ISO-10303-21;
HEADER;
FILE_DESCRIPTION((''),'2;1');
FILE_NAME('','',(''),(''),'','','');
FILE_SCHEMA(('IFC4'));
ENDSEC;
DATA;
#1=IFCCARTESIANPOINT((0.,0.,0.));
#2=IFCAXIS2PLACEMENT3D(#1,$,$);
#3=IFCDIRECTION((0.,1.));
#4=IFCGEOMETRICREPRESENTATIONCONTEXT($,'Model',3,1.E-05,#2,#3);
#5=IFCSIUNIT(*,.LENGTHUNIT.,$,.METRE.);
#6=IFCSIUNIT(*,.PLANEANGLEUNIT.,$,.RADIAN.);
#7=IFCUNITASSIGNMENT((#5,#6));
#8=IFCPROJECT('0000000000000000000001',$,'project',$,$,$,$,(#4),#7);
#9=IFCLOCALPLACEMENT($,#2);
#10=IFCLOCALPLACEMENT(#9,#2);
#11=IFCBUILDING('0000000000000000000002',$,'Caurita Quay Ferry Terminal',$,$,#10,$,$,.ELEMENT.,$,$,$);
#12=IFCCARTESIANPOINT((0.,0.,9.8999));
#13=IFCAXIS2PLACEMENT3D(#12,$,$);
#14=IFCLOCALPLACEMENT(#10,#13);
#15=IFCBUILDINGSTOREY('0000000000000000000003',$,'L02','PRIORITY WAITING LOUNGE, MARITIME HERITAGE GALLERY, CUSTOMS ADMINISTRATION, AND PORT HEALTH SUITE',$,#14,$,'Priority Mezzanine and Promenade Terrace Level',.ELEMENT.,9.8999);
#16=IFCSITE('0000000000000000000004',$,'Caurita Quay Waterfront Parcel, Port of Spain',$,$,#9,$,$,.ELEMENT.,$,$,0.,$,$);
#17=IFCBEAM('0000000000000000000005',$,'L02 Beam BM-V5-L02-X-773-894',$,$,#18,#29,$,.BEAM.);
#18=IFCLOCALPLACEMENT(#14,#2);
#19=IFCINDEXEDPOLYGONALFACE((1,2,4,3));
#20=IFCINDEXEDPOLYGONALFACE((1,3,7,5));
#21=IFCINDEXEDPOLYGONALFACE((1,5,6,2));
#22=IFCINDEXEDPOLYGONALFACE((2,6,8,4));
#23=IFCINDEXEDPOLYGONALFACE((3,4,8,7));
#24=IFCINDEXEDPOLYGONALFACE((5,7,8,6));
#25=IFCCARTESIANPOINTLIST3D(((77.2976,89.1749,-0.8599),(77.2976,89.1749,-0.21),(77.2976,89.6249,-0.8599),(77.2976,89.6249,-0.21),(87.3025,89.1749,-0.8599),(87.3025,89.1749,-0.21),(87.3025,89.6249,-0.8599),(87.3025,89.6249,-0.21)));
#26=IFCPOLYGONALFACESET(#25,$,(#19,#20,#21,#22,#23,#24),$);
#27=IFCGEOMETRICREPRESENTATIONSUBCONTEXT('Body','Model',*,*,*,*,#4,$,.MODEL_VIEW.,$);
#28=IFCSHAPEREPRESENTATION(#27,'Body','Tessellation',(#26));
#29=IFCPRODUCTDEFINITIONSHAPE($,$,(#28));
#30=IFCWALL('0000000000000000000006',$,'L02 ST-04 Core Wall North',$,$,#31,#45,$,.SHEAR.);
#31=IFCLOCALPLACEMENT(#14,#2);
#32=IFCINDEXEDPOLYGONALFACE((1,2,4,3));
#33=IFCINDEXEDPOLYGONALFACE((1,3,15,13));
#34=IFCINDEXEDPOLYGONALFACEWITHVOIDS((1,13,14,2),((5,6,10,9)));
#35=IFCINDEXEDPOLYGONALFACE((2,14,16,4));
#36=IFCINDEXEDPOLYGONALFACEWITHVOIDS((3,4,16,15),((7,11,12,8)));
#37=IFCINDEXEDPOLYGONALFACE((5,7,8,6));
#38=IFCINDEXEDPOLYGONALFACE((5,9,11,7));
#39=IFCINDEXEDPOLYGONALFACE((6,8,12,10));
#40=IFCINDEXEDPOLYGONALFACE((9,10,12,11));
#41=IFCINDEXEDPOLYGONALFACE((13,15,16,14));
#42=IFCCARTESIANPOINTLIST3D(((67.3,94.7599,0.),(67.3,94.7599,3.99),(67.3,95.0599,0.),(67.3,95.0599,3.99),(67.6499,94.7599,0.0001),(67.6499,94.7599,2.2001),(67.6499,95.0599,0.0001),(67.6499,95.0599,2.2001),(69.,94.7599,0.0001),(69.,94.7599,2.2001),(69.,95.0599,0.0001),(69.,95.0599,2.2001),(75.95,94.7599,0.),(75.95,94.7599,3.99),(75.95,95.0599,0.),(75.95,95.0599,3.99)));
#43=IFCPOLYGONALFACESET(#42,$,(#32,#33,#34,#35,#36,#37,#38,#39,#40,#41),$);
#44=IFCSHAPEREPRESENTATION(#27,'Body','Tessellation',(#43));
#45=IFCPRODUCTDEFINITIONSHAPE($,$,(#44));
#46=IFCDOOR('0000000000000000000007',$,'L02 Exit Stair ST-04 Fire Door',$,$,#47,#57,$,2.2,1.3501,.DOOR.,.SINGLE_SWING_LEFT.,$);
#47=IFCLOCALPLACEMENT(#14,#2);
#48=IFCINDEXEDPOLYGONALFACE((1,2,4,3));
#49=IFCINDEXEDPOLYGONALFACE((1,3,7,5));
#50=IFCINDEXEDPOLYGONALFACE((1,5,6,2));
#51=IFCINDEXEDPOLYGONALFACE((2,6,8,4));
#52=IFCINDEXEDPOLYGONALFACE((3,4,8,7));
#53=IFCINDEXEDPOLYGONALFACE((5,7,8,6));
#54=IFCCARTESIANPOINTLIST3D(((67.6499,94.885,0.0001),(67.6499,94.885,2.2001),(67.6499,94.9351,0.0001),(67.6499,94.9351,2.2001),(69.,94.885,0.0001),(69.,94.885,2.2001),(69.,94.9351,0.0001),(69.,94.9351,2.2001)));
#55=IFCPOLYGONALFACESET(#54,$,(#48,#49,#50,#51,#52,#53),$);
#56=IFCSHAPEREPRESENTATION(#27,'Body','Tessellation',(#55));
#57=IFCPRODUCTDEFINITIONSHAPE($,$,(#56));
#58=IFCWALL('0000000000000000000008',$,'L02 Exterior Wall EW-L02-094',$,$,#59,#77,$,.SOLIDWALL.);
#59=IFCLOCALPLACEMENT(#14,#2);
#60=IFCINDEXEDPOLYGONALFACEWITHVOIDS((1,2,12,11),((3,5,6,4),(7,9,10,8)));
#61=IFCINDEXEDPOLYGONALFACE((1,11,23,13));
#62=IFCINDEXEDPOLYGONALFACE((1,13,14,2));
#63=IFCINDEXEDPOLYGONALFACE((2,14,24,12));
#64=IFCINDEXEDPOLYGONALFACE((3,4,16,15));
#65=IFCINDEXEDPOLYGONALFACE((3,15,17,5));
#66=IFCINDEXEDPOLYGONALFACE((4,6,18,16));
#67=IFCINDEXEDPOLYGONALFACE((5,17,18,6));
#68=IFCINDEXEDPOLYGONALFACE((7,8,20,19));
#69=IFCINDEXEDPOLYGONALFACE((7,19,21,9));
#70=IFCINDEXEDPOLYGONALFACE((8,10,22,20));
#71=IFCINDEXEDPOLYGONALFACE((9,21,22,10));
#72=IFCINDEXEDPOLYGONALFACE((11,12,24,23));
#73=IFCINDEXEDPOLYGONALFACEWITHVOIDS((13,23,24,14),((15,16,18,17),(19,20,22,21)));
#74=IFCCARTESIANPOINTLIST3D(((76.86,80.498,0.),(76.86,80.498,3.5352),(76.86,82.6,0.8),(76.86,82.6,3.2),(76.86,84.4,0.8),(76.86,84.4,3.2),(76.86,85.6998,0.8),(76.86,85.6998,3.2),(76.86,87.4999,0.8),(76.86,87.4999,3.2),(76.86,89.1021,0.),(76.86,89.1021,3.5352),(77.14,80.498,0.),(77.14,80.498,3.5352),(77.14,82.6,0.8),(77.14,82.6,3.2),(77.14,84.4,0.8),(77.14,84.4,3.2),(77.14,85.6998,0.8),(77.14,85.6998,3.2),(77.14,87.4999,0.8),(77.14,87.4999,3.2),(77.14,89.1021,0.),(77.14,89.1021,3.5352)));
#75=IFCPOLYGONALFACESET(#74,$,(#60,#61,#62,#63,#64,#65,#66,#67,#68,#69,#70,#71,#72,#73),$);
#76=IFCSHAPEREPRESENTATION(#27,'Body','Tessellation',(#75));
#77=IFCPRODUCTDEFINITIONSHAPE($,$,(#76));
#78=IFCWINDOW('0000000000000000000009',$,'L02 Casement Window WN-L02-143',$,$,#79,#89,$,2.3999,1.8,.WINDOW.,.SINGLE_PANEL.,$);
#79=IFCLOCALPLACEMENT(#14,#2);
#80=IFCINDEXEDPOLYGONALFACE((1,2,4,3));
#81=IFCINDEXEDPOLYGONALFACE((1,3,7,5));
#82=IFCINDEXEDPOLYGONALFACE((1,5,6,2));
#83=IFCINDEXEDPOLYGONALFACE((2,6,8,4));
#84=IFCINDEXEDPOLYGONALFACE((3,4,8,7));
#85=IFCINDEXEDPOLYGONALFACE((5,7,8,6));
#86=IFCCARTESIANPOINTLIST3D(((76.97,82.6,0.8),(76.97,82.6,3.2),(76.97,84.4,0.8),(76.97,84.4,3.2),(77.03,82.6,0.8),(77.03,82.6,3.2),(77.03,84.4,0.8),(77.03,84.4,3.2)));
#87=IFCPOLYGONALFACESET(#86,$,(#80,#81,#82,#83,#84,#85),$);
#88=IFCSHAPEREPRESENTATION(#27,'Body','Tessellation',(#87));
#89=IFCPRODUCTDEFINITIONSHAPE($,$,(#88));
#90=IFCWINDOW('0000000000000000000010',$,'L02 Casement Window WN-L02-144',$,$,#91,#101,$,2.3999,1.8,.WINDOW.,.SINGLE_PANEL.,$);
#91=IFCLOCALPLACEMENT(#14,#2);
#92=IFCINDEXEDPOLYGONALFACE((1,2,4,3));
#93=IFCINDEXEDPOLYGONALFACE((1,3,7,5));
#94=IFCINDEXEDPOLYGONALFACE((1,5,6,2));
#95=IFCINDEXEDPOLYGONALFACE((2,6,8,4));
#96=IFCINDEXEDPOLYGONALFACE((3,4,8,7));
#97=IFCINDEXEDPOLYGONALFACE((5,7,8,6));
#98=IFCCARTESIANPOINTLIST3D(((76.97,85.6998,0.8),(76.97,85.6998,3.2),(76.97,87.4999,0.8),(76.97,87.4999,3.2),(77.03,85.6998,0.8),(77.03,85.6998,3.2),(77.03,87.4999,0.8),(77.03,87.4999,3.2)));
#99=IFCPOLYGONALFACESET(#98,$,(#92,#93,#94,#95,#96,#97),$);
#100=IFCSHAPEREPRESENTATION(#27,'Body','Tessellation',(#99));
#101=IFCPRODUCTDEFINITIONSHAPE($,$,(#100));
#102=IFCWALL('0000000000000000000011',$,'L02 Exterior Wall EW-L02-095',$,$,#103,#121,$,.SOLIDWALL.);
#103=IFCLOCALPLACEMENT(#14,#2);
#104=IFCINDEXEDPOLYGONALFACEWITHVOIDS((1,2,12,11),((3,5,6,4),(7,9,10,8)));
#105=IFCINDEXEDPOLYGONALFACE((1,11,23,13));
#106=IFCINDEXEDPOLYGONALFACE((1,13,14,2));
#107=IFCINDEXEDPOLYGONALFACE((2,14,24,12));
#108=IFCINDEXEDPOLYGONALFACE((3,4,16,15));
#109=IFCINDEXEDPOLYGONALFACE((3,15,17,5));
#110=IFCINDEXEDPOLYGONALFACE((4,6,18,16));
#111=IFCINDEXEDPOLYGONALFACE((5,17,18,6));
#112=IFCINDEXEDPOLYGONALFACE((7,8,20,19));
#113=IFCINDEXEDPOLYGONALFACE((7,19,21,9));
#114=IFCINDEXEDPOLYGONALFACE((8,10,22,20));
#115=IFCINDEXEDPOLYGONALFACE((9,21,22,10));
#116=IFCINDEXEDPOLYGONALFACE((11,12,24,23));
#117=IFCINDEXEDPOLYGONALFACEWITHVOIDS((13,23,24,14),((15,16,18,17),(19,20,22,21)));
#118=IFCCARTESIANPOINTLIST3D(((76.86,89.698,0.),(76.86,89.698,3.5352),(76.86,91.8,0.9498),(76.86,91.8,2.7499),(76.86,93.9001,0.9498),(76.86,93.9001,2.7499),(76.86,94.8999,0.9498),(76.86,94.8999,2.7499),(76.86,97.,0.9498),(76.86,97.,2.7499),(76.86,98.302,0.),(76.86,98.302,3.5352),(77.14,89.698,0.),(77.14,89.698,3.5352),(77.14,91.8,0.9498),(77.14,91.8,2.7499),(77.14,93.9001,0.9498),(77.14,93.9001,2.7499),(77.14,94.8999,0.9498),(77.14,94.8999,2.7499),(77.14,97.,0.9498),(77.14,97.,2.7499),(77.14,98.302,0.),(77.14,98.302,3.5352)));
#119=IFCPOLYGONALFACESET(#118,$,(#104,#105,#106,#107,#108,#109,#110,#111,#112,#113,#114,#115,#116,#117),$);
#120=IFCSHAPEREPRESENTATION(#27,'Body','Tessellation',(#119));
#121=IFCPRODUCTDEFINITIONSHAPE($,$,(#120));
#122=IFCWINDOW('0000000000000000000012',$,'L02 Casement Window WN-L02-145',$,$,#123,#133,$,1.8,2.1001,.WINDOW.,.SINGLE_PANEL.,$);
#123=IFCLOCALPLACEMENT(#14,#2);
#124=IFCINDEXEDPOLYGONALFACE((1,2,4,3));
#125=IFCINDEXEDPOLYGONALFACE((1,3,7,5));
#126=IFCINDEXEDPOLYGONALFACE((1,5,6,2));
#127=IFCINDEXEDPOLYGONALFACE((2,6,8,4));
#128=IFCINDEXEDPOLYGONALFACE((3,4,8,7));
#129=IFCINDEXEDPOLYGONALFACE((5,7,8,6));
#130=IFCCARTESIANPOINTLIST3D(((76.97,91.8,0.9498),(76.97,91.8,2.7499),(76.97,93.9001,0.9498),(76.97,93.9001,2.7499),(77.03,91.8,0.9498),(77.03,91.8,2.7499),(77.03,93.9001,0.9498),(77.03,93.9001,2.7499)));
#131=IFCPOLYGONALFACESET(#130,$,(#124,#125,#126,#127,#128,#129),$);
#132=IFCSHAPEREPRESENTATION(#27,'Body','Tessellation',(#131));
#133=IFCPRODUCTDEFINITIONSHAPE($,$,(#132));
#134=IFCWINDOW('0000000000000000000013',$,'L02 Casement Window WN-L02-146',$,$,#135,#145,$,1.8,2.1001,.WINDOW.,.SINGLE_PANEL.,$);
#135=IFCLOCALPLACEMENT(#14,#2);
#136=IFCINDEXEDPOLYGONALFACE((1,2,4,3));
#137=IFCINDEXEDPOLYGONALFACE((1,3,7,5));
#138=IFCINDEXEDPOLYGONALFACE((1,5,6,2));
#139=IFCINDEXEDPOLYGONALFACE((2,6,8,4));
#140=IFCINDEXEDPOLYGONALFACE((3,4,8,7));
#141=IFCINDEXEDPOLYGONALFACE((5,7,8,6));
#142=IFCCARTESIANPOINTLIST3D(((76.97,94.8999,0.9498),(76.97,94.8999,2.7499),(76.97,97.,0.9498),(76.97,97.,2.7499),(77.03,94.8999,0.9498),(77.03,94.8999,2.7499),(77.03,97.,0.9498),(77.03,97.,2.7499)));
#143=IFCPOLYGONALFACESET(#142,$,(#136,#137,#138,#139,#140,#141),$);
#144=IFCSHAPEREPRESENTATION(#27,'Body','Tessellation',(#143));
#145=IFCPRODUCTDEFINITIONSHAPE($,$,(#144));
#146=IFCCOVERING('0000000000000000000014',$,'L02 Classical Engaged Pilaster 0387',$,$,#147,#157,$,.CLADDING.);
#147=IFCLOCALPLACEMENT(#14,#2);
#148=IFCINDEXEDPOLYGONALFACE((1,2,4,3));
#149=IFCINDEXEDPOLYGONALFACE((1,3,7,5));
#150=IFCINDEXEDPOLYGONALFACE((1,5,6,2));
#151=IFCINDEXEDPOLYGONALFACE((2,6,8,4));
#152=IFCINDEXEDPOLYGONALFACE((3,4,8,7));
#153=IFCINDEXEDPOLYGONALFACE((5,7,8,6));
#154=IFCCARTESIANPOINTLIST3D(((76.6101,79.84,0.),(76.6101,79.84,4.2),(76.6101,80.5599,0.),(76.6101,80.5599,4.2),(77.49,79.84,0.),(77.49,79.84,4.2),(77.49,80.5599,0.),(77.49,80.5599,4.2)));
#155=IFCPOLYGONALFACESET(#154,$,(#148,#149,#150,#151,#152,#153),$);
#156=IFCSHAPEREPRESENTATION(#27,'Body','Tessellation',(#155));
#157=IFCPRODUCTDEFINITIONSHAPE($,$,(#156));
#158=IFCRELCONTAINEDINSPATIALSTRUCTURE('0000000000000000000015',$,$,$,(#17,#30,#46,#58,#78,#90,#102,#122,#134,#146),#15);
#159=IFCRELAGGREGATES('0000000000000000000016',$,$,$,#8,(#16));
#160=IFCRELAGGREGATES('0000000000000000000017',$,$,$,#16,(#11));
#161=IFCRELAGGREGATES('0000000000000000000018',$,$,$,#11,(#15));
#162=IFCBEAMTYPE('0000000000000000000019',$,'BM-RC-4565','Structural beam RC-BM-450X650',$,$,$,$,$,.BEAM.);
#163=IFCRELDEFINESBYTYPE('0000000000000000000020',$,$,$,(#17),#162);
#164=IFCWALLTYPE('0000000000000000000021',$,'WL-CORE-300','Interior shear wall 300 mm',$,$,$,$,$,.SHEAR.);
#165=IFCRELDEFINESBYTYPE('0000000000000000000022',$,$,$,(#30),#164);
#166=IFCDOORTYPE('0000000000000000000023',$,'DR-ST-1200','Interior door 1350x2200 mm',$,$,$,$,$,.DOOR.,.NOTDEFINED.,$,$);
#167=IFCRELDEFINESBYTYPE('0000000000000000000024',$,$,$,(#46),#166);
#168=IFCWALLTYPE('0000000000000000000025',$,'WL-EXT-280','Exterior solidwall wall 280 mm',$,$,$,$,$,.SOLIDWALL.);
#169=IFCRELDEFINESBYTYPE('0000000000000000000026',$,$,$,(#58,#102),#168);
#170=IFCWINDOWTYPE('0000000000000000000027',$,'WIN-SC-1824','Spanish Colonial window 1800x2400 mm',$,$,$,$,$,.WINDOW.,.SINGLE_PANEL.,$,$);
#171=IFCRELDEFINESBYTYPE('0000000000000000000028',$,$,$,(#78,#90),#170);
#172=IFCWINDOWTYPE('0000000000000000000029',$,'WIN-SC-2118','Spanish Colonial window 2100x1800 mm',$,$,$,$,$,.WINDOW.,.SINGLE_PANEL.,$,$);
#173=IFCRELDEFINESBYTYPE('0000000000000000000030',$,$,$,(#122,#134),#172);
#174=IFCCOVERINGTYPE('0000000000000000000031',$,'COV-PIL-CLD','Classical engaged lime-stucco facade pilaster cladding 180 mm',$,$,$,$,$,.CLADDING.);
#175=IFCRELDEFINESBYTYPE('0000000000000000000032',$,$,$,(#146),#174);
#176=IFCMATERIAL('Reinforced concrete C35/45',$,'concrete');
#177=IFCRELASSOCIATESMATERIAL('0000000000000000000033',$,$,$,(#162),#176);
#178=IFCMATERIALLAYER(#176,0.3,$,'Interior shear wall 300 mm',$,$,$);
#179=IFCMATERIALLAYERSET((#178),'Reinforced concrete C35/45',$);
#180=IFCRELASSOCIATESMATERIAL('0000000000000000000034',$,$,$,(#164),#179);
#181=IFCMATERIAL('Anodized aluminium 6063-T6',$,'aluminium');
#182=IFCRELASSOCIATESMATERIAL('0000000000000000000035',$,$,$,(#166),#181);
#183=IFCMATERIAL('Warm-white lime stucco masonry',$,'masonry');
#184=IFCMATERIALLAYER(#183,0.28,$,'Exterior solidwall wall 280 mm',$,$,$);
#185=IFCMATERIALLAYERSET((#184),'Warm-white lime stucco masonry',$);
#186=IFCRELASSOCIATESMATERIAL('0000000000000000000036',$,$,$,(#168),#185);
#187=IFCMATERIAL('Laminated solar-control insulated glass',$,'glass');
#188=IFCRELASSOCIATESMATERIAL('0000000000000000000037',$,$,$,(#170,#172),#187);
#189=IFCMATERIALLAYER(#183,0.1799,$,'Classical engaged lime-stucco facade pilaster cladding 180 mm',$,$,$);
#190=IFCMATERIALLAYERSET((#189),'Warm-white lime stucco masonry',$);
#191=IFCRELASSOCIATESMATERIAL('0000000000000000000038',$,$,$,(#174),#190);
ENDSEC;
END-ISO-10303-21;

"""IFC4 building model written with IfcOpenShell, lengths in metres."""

from ifc_helpers import new_model, si_unit, direction, frame, frame_2d, origin, origin_2d, place, context, subcontext, project, spatial, rectangle, extrude, material, layer, layer_set, material_profile, profile_set, type_object, element, fill, save


model = new_model("IFC4")

# Units and contexts
model_context = context("Model", 3, precision=1e-05, world=origin(), true_north=direction((0.0, 1.0)))
body_context = subcontext(model_context, "Body", "Model", "MODEL_VIEW")
ifc_project = project(units=[si_unit("LENGTHUNIT", "METRE"), si_unit("PLANEANGLEUNIT", "RADIAN")], contexts=[model_context])

# Site, building, storey
site_placement = place(None, origin())
site = spatial("IfcSite", under=ifc_project, at=site_placement, Name="Caurita Quay Waterfront Parcel, Port of Spain", CompositionType="ELEMENT", RefElevation=0.0)
building_placement = place(site_placement, origin())
building = spatial("IfcBuilding", under=site, at=building_placement, Name="Caurita Quay Ferry Terminal", CompositionType="ELEMENT")
storey_placement = place(building_placement, frame((0.0, 0.0, 9.8999)))
storey = spatial("IfcBuildingStorey", under=building, at=storey_placement, Name="L02", Description="PRIORITY WAITING LOUNGE, MARITIME HERITAGE GALLERY, CUSTOMS ADMINISTRATION, AND PORT HEALTH SUITE", LongName="Priority Mezzanine and Promenade Terrace Level", CompositionType="ELEMENT", Elevation=9.8999)

# Shared definitions
ifc_material_1 = material(Name="Reinforced concrete C35/45", Category="concrete")

# Beam
ifc_material_profile_1 = material_profile(ifc_material_1, rectangle(XDim=0.45, YDim=0.6499, at=origin_2d()), Name="RC-BM-450X650")
ifc_profile_set_1 = profile_set([ifc_material_profile_1], Name="Reinforced concrete C35/45")
beam_type_1 = type_object("IfcBeamType", Name="BM-RC-4565", Description="Structural beam RC-BM-450X650", PredefinedType="BEAM", material=ifc_profile_set_1)
for number, where, z_axis, x_axis, name in (
    (1, (77.2976, 89.3999, -0.5349), (1.0, 0.0, 0.0), (0.0, 1.0, 0.0), "L02 Beam BM-V5-L02-X-773-894"),
):
    element("IfcBeam", number, at=place(storey_placement, frame(where, z_axis=z_axis, x_axis=x_axis)), inside=storey, type_object=beam_type_1, Name=name, PredefinedType="BEAM", context=body_context, shape_type="SweptSolid", body=[
        extrude(rectangle(XDim=0.45, YDim=0.6499, at=origin_2d()), origin(), (0.0, 0.0, 1.0), 10.0049),
    ])

# Wall, opening, door
ifc_layer_1 = layer(ifc_material_1, 0.3, Name="Interior shear wall 300 mm")
ifc_layer_set_1 = layer_set([ifc_layer_1], Name="Reinforced concrete C35/45")
wall_type_1 = type_object("IfcWallType", Name="WL-CORE-300", Description="Interior shear wall 300 mm", PredefinedType="SHEAR", material=ifc_layer_set_1)
wall_1_placement = place(storey_placement, frame((75.95, 94.9099, 0.0), z_axis=(0.0, 0.0, 1.0), x_axis=(-1.0, 0.0, 0.0)))
wall_1 = element("IfcWall", 2, at=wall_1_placement, inside=storey, type_object=wall_type_1, Name="L02 ST-04 Core Wall North", PredefinedType="SHEAR", context=body_context, shape_type="SweptSolid", body=[
    extrude(rectangle(XDim=8.6499, YDim=0.3, at=frame_2d((4.325, 0.0))), origin(), (0.0, 0.0, 1.0), 3.99),
])
opening_1_placement = place(wall_1_placement, frame((6.95, 0.0, 0.0)))
opening_1 = element("IfcOpeningElement", 3, at=opening_1_placement, cuts=wall_1, PredefinedType="OPENING", context=body_context, shape_type="SweptSolid", body=[
    extrude(rectangle(XDim=1.3501, YDim=2.2, at=frame_2d((0.675, 1.1001))), frame((0.0, 0.1599, 0.0), z_axis=(0.0, -1.0, 0.0), x_axis=(1.0, 0.0, 0.0)), (0.0, 0.0, 1.0), 0.3201),
])
ifc_material_2 = material(Name="Anodized aluminium 6063-T6", Category="aluminium")
door_type = type_object("IfcDoorType", Name="DR-ST-1200", Description="Interior door 1350x2200 mm", OperationType="NOTDEFINED", PredefinedType="DOOR", material=ifc_material_2)
door_placement = place(opening_1_placement, origin())
door = element("IfcDoor", 4, at=door_placement, inside=storey, type_object=door_type, Name="L02 Exit Stair ST-04 Fire Door", OperationType="SINGLE_SWING_LEFT", OverallHeight=2.2, OverallWidth=1.3501, PredefinedType="DOOR", context=body_context, shape_type="SweptSolid", body=[
    extrude(rectangle(XDim=1.3501, YDim=2.2, at=frame_2d((0.675, 1.1001))), frame((0.0, 0.0249, 0.0), z_axis=(0.0, -1.0, 0.0), x_axis=(1.0, 0.0, 0.0)), (0.0, 0.0, 1.0), 0.05),
])
fill(opening_1, door)

# Walls, openings, windows
ifc_material_3 = material(Name="Warm-white lime stucco masonry", Category="masonry")
ifc_layer_2 = layer(ifc_material_3, 0.28, Name="Exterior solidwall wall 280 mm")
ifc_layer_set_2 = layer_set([ifc_layer_2], Name="Warm-white lime stucco masonry")
wall_type_2 = type_object("IfcWallType", Name="WL-EXT-280", Description="Exterior solidwall wall 280 mm", PredefinedType="SOLIDWALL", material=ifc_layer_set_2)
wall_2_placement = place(storey_placement, frame((77.0, 80.498, 0.0), z_axis=(0.0, 0.0, 1.0), x_axis=(0.0, 1.0, 0.0)))
wall_2 = element("IfcWall", 5, at=wall_2_placement, inside=storey, type_object=wall_type_2, Name="L02 Exterior Wall EW-L02-094", PredefinedType="SOLIDWALL", context=body_context, shape_type="SweptSolid", body=[
    extrude(rectangle(XDim=8.604, YDim=0.28, at=frame_2d((4.302, 0.0))), origin(), (0.0, 0.0, 1.0), 3.5352),
])
opening_2_placement = place(wall_2_placement, frame((2.1021, 0.0, 0.8)))
opening_2 = element("IfcOpeningElement", 6, at=opening_2_placement, cuts=wall_2, PredefinedType="OPENING", context=body_context, shape_type="SweptSolid", body=[
    extrude(rectangle(XDim=1.8, YDim=2.3999, at=frame_2d((0.8999, 1.2))), frame((0.0, 0.1499, 0.0), z_axis=(0.0, -1.0, 0.0), x_axis=(1.0, 0.0, 0.0)), (0.0, 0.0, 1.0), 0.3),
])
opening_3_placement = place(wall_2_placement, frame((5.2019, 0.0, 0.8)))
opening_3 = element("IfcOpeningElement", 7, at=opening_3_placement, cuts=wall_2, PredefinedType="OPENING", context=body_context, shape_type="SweptSolid", body=[
    extrude(rectangle(XDim=1.8, YDim=2.3999, at=frame_2d((0.8999, 1.2))), frame((0.0, 0.1499, 0.0), z_axis=(0.0, -1.0, 0.0), x_axis=(1.0, 0.0, 0.0)), (0.0, 0.0, 1.0), 0.3),
])
ifc_material_4 = material(Name="Laminated solar-control insulated glass", Category="glass")
window_type_1 = type_object("IfcWindowType", Name="WIN-SC-1824", Description="Spanish Colonial window 1800x2400 mm", PartitioningType="SINGLE_PANEL", PredefinedType="WINDOW", material=ifc_material_4)
window_1_placement = place(opening_2_placement, origin())
window_1 = element("IfcWindow", 8, at=window_1_placement, inside=storey, type_object=window_type_1, Name="L02 Casement Window WN-L02-143", OverallHeight=2.3999, OverallWidth=1.8, PartitioningType="SINGLE_PANEL", PredefinedType="WINDOW", context=body_context, shape_type="SweptSolid", body=[
    extrude(rectangle(XDim=1.8, YDim=2.3999, at=frame_2d((0.8999, 1.2))), frame((0.0, 0.03, 0.0), z_axis=(0.0, -1.0, 0.0), x_axis=(1.0, 0.0, 0.0)), (0.0, 0.0, 1.0), 0.0601),
])
fill(opening_2, window_1)
window_2_placement = place(opening_3_placement, origin())
window_2 = element("IfcWindow", 9, at=window_2_placement, inside=storey, type_object=window_type_1, Name="L02 Casement Window WN-L02-144", OverallHeight=2.3999, OverallWidth=1.8, PartitioningType="SINGLE_PANEL", PredefinedType="WINDOW", context=body_context, shape_type="SweptSolid", body=[
    extrude(rectangle(XDim=1.8, YDim=2.3999, at=frame_2d((0.8999, 1.2))), frame((0.0, 0.03, 0.0), z_axis=(0.0, -1.0, 0.0), x_axis=(1.0, 0.0, 0.0)), (0.0, 0.0, 1.0), 0.0601),
])
fill(opening_3, window_2)
wall_3_placement = place(storey_placement, frame((77.0, 89.698, 0.0), z_axis=(0.0, 0.0, 1.0), x_axis=(0.0, 1.0, 0.0)))
wall_3 = element("IfcWall", 10, at=wall_3_placement, inside=storey, type_object=wall_type_2, Name="L02 Exterior Wall EW-L02-095", PredefinedType="SOLIDWALL", context=body_context, shape_type="SweptSolid", body=[
    extrude(rectangle(XDim=8.604, YDim=0.28, at=frame_2d((4.302, 0.0))), origin(), (0.0, 0.0, 1.0), 3.5352),
])
opening_4_placement = place(wall_3_placement, frame((2.1021, 0.0, 0.95)))
opening_4 = element("IfcOpeningElement", 11, at=opening_4_placement, cuts=wall_3, PredefinedType="OPENING", context=body_context, shape_type="SweptSolid", body=[
    extrude(rectangle(XDim=2.1001, YDim=1.8, at=frame_2d((1.05, 0.8999))), frame((0.0, 0.1499, 0.0), z_axis=(0.0, -1.0, 0.0), x_axis=(1.0, 0.0, 0.0)), (0.0, 0.0, 1.0), 0.3),
])
opening_5_placement = place(wall_3_placement, frame((5.2019, 0.0, 0.95)))
opening_5 = element("IfcOpeningElement", 12, at=opening_5_placement, cuts=wall_3, PredefinedType="OPENING", context=body_context, shape_type="SweptSolid", body=[
    extrude(rectangle(XDim=2.1001, YDim=1.8, at=frame_2d((1.05, 0.8999))), frame((0.0, 0.1499, 0.0), z_axis=(0.0, -1.0, 0.0), x_axis=(1.0, 0.0, 0.0)), (0.0, 0.0, 1.0), 0.3),
])
window_type_2 = type_object("IfcWindowType", Name="WIN-SC-2118", Description="Spanish Colonial window 2100x1800 mm", PartitioningType="SINGLE_PANEL", PredefinedType="WINDOW", material=ifc_material_4)
window_3_placement = place(opening_4_placement, origin())
window_3 = element("IfcWindow", 13, at=window_3_placement, inside=storey, type_object=window_type_2, Name="L02 Casement Window WN-L02-145", OverallHeight=1.8, OverallWidth=2.1001, PartitioningType="SINGLE_PANEL", PredefinedType="WINDOW", context=body_context, shape_type="SweptSolid", body=[
    extrude(rectangle(XDim=2.1001, YDim=1.8, at=frame_2d((1.05, 0.8999))), frame((0.0, 0.03, 0.0), z_axis=(0.0, -1.0, 0.0), x_axis=(1.0, 0.0, 0.0)), (0.0, 0.0, 1.0), 0.0601),
])
fill(opening_4, window_3)
window_4_placement = place(opening_5_placement, origin())
window_4 = element("IfcWindow", 14, at=window_4_placement, inside=storey, type_object=window_type_2, Name="L02 Casement Window WN-L02-146", OverallHeight=1.8, OverallWidth=2.1001, PartitioningType="SINGLE_PANEL", PredefinedType="WINDOW", context=body_context, shape_type="SweptSolid", body=[
    extrude(rectangle(XDim=2.1001, YDim=1.8, at=frame_2d((1.05, 0.8999))), frame((0.0, 0.03, 0.0), z_axis=(0.0, -1.0, 0.0), x_axis=(1.0, 0.0, 0.0)), (0.0, 0.0, 1.0), 0.0601),
])
fill(opening_5, window_4)

# Covering
ifc_layer_3 = layer(ifc_material_3, 0.1799, Name="Classical engaged lime-stucco facade pilaster cladding 180 mm")
ifc_layer_set_3 = layer_set([ifc_layer_3], Name="Warm-white lime stucco masonry")
covering_type_1 = type_object("IfcCoveringType", Name="COV-PIL-CLD", Description="Classical engaged lime-stucco facade pilaster cladding 180 mm", PredefinedType="CLADDING", material=ifc_layer_set_3)
for number, where, z_axis, x_axis, name in (
    (15, (77.05, 80.2, 0.0), (0.0, 0.0, 1.0), (1.0, 0.0, 0.0), "L02 Classical Engaged Pilaster 0387"),
):
    element("IfcCovering", number, at=place(storey_placement, frame(where, z_axis=z_axis, x_axis=x_axis)), inside=storey, type_object=covering_type_1, Name=name, PredefinedType="CLADDING", context=body_context, shape_type="SweptSolid", body=[
        extrude(rectangle(XDim=0.8799, YDim=0.72, at=origin_2d()), origin(), (0.0, 0.0, 1.0), 4.2),
    ])

save(model, "model.ifc")
